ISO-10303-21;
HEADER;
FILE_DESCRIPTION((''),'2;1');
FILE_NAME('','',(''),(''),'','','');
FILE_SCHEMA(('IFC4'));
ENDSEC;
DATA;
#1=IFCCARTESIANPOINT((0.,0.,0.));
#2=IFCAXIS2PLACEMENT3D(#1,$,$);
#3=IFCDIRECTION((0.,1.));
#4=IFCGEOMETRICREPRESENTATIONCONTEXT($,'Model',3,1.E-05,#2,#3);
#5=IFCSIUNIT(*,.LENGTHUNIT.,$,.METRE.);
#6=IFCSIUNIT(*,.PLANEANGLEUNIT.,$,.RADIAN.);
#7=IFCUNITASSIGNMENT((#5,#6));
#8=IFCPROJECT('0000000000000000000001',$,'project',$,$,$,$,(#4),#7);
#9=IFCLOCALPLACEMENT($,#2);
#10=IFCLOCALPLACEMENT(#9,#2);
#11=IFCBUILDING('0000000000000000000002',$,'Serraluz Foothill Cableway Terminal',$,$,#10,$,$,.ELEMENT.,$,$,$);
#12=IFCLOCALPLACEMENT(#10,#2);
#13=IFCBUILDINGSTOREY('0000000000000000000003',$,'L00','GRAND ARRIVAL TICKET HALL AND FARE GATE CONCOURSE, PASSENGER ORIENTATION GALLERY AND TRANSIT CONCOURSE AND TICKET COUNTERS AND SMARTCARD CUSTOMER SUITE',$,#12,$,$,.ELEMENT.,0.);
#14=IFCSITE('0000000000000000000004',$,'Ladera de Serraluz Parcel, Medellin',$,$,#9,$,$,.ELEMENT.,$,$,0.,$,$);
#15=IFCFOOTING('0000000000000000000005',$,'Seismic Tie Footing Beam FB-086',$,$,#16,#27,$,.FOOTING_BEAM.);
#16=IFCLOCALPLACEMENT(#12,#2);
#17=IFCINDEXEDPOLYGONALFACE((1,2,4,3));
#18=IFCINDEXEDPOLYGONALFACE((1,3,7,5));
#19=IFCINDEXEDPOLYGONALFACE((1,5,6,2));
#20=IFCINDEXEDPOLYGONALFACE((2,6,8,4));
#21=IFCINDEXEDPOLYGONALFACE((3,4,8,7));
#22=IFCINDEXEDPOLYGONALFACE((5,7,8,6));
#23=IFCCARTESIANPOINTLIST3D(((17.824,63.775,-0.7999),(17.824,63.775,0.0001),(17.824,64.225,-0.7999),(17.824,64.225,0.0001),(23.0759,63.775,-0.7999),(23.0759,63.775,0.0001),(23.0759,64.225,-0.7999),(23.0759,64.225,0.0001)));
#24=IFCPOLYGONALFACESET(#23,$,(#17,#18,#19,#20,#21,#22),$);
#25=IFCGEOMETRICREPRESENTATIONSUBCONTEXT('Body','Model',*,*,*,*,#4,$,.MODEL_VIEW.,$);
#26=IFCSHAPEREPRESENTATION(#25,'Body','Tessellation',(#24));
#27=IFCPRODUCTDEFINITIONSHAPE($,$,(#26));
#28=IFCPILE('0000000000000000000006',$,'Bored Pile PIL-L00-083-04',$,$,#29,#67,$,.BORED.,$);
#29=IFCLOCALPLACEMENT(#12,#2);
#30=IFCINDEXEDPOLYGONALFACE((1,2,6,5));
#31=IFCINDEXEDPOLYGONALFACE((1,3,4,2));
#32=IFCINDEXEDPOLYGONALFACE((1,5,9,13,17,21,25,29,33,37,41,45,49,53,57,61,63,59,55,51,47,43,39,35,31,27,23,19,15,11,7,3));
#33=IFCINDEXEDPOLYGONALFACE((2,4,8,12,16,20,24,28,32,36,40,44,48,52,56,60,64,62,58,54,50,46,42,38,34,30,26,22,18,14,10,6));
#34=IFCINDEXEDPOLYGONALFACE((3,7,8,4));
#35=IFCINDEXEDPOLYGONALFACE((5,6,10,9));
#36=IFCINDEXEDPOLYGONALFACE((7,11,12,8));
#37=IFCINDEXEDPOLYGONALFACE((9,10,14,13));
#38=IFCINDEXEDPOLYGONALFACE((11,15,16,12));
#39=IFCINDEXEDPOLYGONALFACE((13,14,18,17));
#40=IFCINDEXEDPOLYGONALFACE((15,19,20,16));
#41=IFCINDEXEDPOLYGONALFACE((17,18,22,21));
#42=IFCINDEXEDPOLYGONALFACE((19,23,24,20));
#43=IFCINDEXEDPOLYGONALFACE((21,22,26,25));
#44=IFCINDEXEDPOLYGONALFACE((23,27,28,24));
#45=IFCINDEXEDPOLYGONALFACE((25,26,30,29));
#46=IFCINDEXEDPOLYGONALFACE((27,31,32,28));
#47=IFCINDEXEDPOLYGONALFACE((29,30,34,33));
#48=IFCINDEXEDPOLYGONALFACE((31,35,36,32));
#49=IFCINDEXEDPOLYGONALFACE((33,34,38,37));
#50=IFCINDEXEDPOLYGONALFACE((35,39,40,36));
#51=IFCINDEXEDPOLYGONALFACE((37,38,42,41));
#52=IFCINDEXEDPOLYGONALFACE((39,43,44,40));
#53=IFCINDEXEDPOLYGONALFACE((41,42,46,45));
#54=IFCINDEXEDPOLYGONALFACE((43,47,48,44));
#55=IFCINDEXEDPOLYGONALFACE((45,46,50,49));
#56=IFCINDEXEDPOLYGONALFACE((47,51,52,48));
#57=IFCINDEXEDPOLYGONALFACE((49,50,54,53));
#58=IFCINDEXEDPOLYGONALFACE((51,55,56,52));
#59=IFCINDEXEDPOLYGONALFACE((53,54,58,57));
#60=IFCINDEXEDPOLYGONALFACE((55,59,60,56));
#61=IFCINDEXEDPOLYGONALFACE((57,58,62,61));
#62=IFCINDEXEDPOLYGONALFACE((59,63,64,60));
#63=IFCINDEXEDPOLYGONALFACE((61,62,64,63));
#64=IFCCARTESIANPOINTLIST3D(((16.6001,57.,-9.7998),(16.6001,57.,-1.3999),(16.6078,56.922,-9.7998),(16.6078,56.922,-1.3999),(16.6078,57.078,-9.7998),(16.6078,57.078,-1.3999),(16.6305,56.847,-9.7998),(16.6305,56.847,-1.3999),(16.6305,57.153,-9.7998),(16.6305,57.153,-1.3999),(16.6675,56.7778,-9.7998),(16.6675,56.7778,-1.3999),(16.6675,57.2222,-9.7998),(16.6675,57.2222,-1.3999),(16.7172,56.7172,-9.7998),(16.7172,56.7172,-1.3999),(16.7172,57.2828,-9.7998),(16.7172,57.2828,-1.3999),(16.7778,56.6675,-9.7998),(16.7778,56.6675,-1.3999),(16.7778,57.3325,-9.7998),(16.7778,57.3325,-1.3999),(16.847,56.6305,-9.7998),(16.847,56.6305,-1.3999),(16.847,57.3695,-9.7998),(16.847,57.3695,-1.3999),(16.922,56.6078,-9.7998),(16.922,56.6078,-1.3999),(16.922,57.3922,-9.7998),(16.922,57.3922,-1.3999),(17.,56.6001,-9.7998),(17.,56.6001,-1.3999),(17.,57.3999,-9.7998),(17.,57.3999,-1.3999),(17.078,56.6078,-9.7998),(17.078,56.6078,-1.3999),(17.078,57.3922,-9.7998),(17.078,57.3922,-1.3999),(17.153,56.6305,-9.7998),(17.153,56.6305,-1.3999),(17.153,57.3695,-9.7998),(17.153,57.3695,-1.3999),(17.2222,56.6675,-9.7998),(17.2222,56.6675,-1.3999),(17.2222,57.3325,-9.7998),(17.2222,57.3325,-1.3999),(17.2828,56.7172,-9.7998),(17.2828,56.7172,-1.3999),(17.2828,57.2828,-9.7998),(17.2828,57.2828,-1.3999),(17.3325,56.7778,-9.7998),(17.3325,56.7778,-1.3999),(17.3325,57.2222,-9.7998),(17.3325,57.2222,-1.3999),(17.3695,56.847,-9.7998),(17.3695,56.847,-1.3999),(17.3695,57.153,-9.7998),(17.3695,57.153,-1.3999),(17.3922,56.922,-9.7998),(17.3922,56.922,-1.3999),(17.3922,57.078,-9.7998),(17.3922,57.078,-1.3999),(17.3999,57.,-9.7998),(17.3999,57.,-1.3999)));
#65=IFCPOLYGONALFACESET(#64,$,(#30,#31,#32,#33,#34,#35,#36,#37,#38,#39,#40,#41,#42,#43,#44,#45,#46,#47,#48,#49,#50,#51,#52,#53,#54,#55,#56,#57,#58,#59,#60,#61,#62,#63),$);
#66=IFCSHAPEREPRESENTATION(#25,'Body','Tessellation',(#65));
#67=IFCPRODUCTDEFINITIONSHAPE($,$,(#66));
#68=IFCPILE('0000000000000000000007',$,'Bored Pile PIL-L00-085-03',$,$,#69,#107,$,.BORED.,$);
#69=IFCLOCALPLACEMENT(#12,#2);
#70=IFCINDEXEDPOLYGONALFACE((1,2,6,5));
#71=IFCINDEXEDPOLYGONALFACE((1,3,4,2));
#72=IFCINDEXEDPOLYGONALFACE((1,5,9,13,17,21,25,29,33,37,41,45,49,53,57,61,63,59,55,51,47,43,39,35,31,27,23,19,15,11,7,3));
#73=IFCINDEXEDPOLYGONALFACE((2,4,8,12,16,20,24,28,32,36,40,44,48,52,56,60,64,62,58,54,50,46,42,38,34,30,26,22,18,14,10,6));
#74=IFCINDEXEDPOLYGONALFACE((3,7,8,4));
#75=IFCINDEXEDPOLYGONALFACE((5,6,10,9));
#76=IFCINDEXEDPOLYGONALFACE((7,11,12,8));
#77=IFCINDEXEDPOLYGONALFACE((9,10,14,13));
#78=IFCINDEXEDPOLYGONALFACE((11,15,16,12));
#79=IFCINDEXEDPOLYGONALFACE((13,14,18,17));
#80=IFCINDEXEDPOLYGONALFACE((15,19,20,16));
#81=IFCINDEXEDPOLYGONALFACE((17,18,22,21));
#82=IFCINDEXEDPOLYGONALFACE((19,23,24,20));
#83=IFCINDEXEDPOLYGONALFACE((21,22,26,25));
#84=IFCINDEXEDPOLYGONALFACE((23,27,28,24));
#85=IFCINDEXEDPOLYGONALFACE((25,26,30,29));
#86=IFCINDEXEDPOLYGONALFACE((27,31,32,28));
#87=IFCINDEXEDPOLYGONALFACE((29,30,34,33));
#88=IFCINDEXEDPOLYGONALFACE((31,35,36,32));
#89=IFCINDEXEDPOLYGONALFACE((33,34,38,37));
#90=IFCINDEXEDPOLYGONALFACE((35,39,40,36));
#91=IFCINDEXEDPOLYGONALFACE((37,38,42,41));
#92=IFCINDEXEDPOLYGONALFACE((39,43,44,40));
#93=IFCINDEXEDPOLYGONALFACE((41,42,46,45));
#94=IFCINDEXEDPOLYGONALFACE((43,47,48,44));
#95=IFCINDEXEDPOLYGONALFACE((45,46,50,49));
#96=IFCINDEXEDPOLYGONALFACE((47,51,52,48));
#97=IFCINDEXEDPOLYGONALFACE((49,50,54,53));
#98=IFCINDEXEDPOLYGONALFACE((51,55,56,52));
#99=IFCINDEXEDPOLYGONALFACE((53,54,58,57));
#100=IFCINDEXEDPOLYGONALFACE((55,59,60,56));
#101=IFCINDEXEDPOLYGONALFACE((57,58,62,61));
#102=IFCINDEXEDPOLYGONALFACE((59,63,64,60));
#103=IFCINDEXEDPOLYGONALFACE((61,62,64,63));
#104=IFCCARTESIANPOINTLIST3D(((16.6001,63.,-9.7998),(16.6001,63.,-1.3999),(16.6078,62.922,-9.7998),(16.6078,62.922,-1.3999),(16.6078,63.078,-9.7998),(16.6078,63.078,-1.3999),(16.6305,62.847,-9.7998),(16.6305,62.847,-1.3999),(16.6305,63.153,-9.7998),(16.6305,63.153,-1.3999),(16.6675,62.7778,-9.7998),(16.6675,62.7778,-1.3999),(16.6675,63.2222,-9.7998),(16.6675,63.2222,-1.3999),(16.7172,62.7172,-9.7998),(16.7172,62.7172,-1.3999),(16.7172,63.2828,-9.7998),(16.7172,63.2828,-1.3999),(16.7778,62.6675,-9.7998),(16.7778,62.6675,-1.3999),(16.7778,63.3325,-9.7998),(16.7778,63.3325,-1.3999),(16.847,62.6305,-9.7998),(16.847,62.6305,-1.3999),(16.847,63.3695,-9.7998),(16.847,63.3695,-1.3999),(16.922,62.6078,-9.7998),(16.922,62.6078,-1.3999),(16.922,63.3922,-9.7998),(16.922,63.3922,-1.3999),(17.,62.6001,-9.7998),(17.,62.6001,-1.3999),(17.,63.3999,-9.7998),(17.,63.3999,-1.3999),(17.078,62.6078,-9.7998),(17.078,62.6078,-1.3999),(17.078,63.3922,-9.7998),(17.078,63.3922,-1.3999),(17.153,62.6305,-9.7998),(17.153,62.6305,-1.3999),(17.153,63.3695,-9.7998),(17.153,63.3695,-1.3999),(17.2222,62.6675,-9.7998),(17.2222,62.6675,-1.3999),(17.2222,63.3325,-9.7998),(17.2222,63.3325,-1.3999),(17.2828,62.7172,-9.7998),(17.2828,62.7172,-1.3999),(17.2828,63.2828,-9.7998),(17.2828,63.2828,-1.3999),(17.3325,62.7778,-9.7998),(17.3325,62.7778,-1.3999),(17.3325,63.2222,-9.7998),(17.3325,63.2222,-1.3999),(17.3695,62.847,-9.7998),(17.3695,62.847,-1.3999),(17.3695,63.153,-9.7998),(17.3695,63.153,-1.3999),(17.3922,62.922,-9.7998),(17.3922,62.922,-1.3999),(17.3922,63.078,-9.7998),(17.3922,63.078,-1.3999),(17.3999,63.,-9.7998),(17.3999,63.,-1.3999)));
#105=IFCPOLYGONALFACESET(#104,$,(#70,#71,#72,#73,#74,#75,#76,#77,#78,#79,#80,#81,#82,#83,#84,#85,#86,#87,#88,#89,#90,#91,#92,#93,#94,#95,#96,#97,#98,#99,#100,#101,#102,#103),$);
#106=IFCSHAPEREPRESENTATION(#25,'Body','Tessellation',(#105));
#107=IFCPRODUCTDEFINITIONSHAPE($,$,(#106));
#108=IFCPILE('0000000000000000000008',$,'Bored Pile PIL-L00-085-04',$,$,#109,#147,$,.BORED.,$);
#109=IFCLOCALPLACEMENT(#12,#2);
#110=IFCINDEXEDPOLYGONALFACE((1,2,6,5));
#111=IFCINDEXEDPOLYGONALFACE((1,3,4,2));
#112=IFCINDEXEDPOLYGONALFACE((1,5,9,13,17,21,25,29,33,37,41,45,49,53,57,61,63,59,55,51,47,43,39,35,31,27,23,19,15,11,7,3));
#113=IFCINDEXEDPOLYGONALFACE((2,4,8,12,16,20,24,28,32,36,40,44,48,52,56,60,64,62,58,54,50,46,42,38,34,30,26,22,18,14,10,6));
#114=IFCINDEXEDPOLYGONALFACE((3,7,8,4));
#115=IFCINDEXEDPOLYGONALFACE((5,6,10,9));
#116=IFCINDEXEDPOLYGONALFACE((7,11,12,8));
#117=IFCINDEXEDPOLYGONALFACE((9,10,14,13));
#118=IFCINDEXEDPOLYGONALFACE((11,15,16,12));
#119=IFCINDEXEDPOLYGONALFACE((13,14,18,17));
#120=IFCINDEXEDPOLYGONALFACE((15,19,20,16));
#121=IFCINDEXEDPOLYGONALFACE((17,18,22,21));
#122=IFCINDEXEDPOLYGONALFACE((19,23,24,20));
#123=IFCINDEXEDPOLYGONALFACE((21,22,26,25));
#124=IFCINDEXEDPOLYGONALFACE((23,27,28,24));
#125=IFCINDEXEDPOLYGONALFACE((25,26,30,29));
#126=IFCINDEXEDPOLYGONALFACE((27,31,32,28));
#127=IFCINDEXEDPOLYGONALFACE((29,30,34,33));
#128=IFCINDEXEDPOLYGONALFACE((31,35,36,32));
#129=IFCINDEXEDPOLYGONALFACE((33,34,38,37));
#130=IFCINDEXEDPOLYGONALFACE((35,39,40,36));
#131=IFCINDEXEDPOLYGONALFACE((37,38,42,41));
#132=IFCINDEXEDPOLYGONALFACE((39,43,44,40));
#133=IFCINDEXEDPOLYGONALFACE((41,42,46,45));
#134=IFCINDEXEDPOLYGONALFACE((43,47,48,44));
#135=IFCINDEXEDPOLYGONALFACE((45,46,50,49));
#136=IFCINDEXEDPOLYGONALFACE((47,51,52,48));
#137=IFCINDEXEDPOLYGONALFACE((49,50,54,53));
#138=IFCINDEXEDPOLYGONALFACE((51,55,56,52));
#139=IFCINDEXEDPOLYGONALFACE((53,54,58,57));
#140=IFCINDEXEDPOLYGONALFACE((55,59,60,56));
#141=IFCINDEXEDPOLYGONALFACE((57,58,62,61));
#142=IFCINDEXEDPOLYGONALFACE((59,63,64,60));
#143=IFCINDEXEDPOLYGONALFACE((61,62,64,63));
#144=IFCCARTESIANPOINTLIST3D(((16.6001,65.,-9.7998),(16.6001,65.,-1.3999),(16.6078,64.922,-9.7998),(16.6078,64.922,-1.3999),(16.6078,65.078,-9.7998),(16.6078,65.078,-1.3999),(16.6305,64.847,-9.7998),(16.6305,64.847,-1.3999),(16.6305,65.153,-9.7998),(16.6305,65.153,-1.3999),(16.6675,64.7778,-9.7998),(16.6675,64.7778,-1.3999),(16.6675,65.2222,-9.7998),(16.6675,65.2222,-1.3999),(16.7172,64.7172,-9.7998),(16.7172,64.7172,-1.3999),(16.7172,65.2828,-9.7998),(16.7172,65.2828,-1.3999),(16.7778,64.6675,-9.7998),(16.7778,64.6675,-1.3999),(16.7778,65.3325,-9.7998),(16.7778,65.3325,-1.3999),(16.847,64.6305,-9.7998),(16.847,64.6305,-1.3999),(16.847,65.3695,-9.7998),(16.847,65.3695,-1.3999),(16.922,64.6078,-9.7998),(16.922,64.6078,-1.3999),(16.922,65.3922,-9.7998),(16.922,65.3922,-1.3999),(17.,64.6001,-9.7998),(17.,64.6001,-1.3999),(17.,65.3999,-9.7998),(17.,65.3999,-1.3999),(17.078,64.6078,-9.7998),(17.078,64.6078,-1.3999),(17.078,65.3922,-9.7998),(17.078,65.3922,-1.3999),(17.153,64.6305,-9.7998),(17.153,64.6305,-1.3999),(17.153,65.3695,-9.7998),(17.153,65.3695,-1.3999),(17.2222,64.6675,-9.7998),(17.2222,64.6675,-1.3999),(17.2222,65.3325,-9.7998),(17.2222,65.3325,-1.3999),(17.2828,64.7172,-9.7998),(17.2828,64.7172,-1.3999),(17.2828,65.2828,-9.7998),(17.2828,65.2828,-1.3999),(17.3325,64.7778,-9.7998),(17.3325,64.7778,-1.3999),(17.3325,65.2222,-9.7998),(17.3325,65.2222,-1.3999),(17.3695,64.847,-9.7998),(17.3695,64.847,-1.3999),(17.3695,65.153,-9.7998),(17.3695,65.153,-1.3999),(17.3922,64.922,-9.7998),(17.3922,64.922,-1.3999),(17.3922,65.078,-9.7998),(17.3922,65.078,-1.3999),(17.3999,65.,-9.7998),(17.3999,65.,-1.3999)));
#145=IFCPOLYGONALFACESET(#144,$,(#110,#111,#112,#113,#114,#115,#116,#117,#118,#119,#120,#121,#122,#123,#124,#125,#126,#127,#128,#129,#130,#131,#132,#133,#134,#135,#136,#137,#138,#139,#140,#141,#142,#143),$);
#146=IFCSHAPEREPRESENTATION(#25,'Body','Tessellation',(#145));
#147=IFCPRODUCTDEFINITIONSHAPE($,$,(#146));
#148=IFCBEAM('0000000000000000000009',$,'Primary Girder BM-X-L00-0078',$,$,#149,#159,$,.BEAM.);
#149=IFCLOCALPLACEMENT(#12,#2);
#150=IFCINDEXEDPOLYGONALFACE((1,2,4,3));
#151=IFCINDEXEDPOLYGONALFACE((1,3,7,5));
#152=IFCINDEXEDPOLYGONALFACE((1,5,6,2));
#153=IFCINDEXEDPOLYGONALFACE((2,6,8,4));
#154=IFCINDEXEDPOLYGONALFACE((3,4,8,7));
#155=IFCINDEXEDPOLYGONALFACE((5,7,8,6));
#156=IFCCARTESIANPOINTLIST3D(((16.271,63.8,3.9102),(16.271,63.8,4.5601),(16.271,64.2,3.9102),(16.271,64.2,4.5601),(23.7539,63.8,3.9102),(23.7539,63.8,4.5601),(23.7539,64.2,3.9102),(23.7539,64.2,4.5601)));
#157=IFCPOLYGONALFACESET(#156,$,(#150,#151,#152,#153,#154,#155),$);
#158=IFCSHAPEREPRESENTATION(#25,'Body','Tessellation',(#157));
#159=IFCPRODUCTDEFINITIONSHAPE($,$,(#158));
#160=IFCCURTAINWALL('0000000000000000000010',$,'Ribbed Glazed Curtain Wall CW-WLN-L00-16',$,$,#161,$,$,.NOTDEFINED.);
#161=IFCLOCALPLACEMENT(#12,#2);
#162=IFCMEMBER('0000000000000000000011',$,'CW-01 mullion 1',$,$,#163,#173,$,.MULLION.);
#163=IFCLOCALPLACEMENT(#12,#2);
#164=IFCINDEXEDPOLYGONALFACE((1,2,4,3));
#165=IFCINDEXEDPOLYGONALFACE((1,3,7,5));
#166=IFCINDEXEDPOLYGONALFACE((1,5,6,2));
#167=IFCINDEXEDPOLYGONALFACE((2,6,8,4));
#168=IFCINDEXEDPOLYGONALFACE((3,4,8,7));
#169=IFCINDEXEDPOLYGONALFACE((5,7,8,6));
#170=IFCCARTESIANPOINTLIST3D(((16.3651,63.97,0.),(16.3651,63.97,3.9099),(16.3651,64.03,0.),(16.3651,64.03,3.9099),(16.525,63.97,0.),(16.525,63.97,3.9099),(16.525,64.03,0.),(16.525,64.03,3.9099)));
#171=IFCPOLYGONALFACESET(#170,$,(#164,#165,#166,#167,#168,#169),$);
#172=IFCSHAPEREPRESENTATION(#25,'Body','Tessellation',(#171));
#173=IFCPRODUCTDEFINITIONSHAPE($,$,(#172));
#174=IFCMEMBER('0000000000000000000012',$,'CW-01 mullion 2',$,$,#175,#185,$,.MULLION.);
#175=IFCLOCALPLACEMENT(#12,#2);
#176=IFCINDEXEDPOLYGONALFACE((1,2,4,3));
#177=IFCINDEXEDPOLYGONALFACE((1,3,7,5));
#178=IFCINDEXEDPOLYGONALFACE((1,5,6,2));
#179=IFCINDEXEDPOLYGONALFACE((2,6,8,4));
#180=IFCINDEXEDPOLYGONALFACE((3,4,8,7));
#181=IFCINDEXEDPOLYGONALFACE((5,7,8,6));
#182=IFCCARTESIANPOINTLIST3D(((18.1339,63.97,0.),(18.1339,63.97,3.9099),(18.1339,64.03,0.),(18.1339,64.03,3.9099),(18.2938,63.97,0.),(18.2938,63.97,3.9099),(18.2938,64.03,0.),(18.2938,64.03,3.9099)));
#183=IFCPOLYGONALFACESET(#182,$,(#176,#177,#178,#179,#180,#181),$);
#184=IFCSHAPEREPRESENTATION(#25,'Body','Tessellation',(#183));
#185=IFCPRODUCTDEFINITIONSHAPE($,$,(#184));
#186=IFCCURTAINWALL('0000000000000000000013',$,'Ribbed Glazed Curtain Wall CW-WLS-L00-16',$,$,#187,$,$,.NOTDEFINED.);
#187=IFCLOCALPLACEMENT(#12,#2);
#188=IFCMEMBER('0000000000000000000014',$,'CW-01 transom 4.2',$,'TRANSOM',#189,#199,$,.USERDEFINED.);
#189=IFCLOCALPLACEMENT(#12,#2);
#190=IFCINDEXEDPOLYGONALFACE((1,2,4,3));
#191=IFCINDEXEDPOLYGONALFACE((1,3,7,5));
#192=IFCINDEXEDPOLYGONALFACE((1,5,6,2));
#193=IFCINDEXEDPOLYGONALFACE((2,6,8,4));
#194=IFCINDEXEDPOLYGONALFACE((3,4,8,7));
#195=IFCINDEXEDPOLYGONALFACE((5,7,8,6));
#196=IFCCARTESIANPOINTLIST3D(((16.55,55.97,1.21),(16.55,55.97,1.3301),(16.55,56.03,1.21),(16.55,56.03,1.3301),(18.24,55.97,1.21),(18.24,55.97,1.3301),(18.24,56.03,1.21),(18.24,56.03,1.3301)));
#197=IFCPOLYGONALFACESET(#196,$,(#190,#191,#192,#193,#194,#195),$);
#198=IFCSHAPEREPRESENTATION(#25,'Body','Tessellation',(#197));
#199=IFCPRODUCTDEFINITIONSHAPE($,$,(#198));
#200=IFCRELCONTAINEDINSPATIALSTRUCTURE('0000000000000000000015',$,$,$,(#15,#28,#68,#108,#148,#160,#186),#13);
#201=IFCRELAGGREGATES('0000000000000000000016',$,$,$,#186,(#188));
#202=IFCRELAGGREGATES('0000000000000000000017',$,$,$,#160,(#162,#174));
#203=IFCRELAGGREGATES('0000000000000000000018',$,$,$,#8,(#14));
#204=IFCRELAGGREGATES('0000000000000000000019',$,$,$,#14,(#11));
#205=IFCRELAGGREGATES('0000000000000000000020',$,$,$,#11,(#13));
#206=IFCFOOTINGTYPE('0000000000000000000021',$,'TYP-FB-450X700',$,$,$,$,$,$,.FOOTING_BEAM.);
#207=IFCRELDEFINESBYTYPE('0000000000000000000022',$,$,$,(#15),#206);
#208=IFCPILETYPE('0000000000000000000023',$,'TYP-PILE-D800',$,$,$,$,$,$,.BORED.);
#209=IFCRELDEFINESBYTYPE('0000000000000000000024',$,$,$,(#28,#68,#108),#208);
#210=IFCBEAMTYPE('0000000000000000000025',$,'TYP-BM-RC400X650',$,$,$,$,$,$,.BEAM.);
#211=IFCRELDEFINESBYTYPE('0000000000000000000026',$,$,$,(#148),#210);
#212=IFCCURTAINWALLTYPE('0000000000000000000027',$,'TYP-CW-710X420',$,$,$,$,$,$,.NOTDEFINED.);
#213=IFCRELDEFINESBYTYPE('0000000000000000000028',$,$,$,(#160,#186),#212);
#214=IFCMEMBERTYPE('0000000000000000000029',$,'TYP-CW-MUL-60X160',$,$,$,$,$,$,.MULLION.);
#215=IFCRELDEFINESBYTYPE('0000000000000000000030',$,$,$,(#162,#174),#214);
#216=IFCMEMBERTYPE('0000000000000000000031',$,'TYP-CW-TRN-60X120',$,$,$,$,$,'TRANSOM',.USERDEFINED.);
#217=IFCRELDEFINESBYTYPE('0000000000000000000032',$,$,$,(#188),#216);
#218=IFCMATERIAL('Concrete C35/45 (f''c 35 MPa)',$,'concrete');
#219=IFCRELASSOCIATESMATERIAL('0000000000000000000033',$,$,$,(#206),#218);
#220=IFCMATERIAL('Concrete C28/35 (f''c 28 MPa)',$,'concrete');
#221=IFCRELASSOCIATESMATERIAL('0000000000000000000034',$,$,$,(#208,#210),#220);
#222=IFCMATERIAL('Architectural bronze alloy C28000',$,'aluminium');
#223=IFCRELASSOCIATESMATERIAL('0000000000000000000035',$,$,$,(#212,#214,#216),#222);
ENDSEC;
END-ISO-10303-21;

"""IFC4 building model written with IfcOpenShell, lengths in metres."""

from ifc_helpers import new_model, si_unit, direction, frame, origin, origin_2d, place, context, subcontext, project, spatial, rectangle, circle, extrude, material, material_profile, profile_set, type_object, element, aggregate, save


model = new_model("IFC4")

# Units and contexts
model_context = context("Model", 3, precision=1e-05, world=origin(), true_north=direction((0.0, 1.0)))
body_context = subcontext(model_context, "Body", "Model", "MODEL_VIEW")
ifc_project = project(units=[si_unit("LENGTHUNIT", "METRE"), si_unit("PLANEANGLEUNIT", "RADIAN")], contexts=[model_context])

# Site, building, storey
site_placement = place(None, origin())
site = spatial("IfcSite", under=ifc_project, at=site_placement, Name="Ladera de Serraluz Parcel, Medellin", CompositionType="ELEMENT", RefElevation=0.0)
building_placement = place(site_placement, origin())
building = spatial("IfcBuilding", under=site, at=building_placement, Name="Serraluz Foothill Cableway Terminal", CompositionType="ELEMENT")
storey_placement = place(building_placement, origin())
storey = spatial("IfcBuildingStorey", under=building, at=storey_placement, Name="L00", Description="GRAND ARRIVAL TICKET HALL AND FARE GATE CONCOURSE, PASSENGER ORIENTATION GALLERY AND TRANSIT CONCOURSE AND TICKET COUNTERS AND SMARTCARD CUSTOMER SUITE", CompositionType="ELEMENT", Elevation=0.0)

# Footing
ifc_material_1 = material(Name="Concrete C35/45 (f'c 35 MPa)", Category="concrete")
ifc_material_profile_1 = material_profile(ifc_material_1, rectangle(XDim=0.45, YDim=0.8, at=origin_2d()), Name="RC 450x800")
ifc_profile_set_1 = profile_set([ifc_material_profile_1], Name="Concrete C35/45 (f'c 35 MPa)")
footing_type = type_object("IfcFootingType", Name="TYP-FB-450X700", PredefinedType="FOOTING_BEAM", material=ifc_profile_set_1)
footing_placement = place(storey_placement, frame((17.824, 64.0, -0.3999), z_axis=(1.0, 0.0, 0.0), x_axis=(0.0, 1.0, 0.0)))
element("IfcFooting", 1, at=footing_placement, inside=storey, type_object=footing_type, Name="Seismic Tie Footing Beam FB-086", PredefinedType="FOOTING_BEAM", context=body_context, shape_type="SweptSolid", body=[
    extrude(rectangle(XDim=0.45, YDim=0.8, at=origin_2d()), origin(), (0.0, 0.0, 1.0), 5.252),
])

# Piles
ifc_material_2 = material(Name="Concrete C28/35 (f'c 28 MPa)", Category="concrete")
ifc_material_profile_2 = material_profile(ifc_material_2, circle(Radius=0.3999, at=origin_2d()), Name="BORED PILE D800")
ifc_profile_set_2 = profile_set([ifc_material_profile_2], Name="Concrete C28/35 (f'c 28 MPa)")
pile_type = type_object("IfcPileType", Name="TYP-PILE-D800", PredefinedType="BORED", material=ifc_profile_set_2)
for number, where, z_axis, x_axis, name in (
    (2, (17.0, 57.0, -1.3999), (0.0, 0.0, -1.0), (1.0, 0.0, 0.0), "Bored Pile PIL-L00-083-04"),
    (3, (17.0, 63.0, -1.3999), (0.0, 0.0, -1.0), (1.0, 0.0, 0.0), "Bored Pile PIL-L00-085-03"),
    (4, (17.0, 65.0, -1.3999), (0.0, 0.0, -1.0), (1.0, 0.0, 0.0), "Bored Pile PIL-L00-085-04"),
):
    element("IfcPile", number, at=place(storey_placement, frame(where, z_axis=z_axis, x_axis=x_axis)), inside=storey, type_object=pile_type, Name=name, PredefinedType="BORED", context=body_context, shape_type="SweptSolid", body=[
        extrude(circle(Radius=0.3999, at=origin_2d()), origin(), (0.0, 0.0, 1.0), 8.3999),
    ])

# Beam
ifc_material_profile_3 = material_profile(ifc_material_2, rectangle(XDim=0.3999, YDim=0.6499, at=origin_2d()), Name="RC 400x650")
ifc_profile_set_3 = profile_set([ifc_material_profile_3], Name="Concrete C28/35 (f'c 28 MPa)")
beam_type_1 = type_object("IfcBeamType", Name="TYP-BM-RC400X650", PredefinedType="BEAM", material=ifc_profile_set_3)
beam_1_placement = place(storey_placement, frame((16.271, 64.0, 4.2351), z_axis=(1.0, 0.0, 0.0), x_axis=(0.0, 1.0, 0.0)))
element("IfcBeam", 5, at=beam_1_placement, inside=storey, type_object=beam_type_1, Name="Primary Girder BM-X-L00-0078", PredefinedType="BEAM", context=body_context, shape_type="SweptSolid", body=[
    extrude(rectangle(XDim=0.3999, YDim=0.6499, at=origin_2d()), origin(), (0.0, 0.0, 1.0), 7.4829),
])

# Curtain walls, members
ifc_material_3 = material(Name="Architectural bronze alloy C28000", Category="aluminium")
curtain_wall_type = type_object("IfcCurtainWallType", Name="TYP-CW-710X420", PredefinedType="NOTDEFINED", material=ifc_material_3)
curtain_wall_1_placement = place(storey_placement, origin())
curtain_wall_1 = element("IfcCurtainWall", 6, at=curtain_wall_1_placement, inside=storey, type_object=curtain_wall_type, Name="Ribbed Glazed Curtain Wall CW-WLN-L00-16", PredefinedType="NOTDEFINED")
ifc_material_profile_4 = material_profile(ifc_material_3, rectangle(XDim=0.0601, YDim=0.1599, at=origin_2d()), Name="ALU MULLION 60x160")
ifc_profile_set_4 = profile_set([ifc_material_profile_4], Name="Architectural bronze alloy C28000")
member_type_1 = type_object("IfcMemberType", Name="TYP-CW-MUL-60X160", PredefinedType="MULLION", material=ifc_profile_set_4)
member_1_placement = place(storey_placement, frame((16.4451, 64.0, 0.0), z_axis=(0.0, 0.0, 1.0), x_axis=(0.0, 1.0, 0.0)))
member_1 = element("IfcMember", 7, at=member_1_placement, type_object=member_type_1, Name="CW-01 mullion 1", PredefinedType="MULLION", context=body_context, shape_type="SweptSolid", body=[
    extrude(rectangle(XDim=0.0601, YDim=0.1599, at=origin_2d()), origin(), (0.0, 0.0, 1.0), 3.9099),
])
member_2_placement = place(storey_placement, frame((18.2139, 64.0, 0.0), z_axis=(0.0, 0.0, 1.0), x_axis=(0.0, 1.0, 0.0)))
member_2 = element("IfcMember", 8, at=member_2_placement, type_object=member_type_1, Name="CW-01 mullion 2", PredefinedType="MULLION", context=body_context, shape_type="SweptSolid", body=[
    extrude(rectangle(XDim=0.0601, YDim=0.1599, at=origin_2d()), origin(), (0.0, 0.0, 1.0), 3.9099),
])
curtain_wall_2_placement = place(storey_placement, origin())
curtain_wall_2 = element("IfcCurtainWall", 9, at=curtain_wall_2_placement, inside=storey, type_object=curtain_wall_type, Name="Ribbed Glazed Curtain Wall CW-WLS-L00-16", PredefinedType="NOTDEFINED")
ifc_material_profile_5 = material_profile(ifc_material_3, rectangle(XDim=0.0601, YDim=0.1201, at=origin_2d()), Name="ALU TRANSOM 60x120")
ifc_profile_set_5 = profile_set([ifc_material_profile_5], Name="Architectural bronze alloy C28000")
member_type_2 = type_object("IfcMemberType", Name="TYP-CW-TRN-60X120", ElementType="TRANSOM", PredefinedType="USERDEFINED", material=ifc_profile_set_5)
member_3_placement = place(storey_placement, frame((18.24, 56.0, 1.27), z_axis=(-1.0, 0.0, 0.0), x_axis=(0.0, -1.0, 0.0)))
member_3 = element("IfcMember", 10, at=member_3_placement, type_object=member_type_2, Name="CW-01 transom 4.2", ObjectType="TRANSOM", PredefinedType="USERDEFINED", context=body_context, shape_type="SweptSolid", body=[
    extrude(rectangle(XDim=0.0601, YDim=0.1201, at=origin_2d()), origin(), (0.0, 0.0, 1.0), 1.6899),
])
aggregate(curtain_wall_2, [member_3])

aggregate(curtain_wall_1, [member_1, member_2])

save(model, "model.ifc")
